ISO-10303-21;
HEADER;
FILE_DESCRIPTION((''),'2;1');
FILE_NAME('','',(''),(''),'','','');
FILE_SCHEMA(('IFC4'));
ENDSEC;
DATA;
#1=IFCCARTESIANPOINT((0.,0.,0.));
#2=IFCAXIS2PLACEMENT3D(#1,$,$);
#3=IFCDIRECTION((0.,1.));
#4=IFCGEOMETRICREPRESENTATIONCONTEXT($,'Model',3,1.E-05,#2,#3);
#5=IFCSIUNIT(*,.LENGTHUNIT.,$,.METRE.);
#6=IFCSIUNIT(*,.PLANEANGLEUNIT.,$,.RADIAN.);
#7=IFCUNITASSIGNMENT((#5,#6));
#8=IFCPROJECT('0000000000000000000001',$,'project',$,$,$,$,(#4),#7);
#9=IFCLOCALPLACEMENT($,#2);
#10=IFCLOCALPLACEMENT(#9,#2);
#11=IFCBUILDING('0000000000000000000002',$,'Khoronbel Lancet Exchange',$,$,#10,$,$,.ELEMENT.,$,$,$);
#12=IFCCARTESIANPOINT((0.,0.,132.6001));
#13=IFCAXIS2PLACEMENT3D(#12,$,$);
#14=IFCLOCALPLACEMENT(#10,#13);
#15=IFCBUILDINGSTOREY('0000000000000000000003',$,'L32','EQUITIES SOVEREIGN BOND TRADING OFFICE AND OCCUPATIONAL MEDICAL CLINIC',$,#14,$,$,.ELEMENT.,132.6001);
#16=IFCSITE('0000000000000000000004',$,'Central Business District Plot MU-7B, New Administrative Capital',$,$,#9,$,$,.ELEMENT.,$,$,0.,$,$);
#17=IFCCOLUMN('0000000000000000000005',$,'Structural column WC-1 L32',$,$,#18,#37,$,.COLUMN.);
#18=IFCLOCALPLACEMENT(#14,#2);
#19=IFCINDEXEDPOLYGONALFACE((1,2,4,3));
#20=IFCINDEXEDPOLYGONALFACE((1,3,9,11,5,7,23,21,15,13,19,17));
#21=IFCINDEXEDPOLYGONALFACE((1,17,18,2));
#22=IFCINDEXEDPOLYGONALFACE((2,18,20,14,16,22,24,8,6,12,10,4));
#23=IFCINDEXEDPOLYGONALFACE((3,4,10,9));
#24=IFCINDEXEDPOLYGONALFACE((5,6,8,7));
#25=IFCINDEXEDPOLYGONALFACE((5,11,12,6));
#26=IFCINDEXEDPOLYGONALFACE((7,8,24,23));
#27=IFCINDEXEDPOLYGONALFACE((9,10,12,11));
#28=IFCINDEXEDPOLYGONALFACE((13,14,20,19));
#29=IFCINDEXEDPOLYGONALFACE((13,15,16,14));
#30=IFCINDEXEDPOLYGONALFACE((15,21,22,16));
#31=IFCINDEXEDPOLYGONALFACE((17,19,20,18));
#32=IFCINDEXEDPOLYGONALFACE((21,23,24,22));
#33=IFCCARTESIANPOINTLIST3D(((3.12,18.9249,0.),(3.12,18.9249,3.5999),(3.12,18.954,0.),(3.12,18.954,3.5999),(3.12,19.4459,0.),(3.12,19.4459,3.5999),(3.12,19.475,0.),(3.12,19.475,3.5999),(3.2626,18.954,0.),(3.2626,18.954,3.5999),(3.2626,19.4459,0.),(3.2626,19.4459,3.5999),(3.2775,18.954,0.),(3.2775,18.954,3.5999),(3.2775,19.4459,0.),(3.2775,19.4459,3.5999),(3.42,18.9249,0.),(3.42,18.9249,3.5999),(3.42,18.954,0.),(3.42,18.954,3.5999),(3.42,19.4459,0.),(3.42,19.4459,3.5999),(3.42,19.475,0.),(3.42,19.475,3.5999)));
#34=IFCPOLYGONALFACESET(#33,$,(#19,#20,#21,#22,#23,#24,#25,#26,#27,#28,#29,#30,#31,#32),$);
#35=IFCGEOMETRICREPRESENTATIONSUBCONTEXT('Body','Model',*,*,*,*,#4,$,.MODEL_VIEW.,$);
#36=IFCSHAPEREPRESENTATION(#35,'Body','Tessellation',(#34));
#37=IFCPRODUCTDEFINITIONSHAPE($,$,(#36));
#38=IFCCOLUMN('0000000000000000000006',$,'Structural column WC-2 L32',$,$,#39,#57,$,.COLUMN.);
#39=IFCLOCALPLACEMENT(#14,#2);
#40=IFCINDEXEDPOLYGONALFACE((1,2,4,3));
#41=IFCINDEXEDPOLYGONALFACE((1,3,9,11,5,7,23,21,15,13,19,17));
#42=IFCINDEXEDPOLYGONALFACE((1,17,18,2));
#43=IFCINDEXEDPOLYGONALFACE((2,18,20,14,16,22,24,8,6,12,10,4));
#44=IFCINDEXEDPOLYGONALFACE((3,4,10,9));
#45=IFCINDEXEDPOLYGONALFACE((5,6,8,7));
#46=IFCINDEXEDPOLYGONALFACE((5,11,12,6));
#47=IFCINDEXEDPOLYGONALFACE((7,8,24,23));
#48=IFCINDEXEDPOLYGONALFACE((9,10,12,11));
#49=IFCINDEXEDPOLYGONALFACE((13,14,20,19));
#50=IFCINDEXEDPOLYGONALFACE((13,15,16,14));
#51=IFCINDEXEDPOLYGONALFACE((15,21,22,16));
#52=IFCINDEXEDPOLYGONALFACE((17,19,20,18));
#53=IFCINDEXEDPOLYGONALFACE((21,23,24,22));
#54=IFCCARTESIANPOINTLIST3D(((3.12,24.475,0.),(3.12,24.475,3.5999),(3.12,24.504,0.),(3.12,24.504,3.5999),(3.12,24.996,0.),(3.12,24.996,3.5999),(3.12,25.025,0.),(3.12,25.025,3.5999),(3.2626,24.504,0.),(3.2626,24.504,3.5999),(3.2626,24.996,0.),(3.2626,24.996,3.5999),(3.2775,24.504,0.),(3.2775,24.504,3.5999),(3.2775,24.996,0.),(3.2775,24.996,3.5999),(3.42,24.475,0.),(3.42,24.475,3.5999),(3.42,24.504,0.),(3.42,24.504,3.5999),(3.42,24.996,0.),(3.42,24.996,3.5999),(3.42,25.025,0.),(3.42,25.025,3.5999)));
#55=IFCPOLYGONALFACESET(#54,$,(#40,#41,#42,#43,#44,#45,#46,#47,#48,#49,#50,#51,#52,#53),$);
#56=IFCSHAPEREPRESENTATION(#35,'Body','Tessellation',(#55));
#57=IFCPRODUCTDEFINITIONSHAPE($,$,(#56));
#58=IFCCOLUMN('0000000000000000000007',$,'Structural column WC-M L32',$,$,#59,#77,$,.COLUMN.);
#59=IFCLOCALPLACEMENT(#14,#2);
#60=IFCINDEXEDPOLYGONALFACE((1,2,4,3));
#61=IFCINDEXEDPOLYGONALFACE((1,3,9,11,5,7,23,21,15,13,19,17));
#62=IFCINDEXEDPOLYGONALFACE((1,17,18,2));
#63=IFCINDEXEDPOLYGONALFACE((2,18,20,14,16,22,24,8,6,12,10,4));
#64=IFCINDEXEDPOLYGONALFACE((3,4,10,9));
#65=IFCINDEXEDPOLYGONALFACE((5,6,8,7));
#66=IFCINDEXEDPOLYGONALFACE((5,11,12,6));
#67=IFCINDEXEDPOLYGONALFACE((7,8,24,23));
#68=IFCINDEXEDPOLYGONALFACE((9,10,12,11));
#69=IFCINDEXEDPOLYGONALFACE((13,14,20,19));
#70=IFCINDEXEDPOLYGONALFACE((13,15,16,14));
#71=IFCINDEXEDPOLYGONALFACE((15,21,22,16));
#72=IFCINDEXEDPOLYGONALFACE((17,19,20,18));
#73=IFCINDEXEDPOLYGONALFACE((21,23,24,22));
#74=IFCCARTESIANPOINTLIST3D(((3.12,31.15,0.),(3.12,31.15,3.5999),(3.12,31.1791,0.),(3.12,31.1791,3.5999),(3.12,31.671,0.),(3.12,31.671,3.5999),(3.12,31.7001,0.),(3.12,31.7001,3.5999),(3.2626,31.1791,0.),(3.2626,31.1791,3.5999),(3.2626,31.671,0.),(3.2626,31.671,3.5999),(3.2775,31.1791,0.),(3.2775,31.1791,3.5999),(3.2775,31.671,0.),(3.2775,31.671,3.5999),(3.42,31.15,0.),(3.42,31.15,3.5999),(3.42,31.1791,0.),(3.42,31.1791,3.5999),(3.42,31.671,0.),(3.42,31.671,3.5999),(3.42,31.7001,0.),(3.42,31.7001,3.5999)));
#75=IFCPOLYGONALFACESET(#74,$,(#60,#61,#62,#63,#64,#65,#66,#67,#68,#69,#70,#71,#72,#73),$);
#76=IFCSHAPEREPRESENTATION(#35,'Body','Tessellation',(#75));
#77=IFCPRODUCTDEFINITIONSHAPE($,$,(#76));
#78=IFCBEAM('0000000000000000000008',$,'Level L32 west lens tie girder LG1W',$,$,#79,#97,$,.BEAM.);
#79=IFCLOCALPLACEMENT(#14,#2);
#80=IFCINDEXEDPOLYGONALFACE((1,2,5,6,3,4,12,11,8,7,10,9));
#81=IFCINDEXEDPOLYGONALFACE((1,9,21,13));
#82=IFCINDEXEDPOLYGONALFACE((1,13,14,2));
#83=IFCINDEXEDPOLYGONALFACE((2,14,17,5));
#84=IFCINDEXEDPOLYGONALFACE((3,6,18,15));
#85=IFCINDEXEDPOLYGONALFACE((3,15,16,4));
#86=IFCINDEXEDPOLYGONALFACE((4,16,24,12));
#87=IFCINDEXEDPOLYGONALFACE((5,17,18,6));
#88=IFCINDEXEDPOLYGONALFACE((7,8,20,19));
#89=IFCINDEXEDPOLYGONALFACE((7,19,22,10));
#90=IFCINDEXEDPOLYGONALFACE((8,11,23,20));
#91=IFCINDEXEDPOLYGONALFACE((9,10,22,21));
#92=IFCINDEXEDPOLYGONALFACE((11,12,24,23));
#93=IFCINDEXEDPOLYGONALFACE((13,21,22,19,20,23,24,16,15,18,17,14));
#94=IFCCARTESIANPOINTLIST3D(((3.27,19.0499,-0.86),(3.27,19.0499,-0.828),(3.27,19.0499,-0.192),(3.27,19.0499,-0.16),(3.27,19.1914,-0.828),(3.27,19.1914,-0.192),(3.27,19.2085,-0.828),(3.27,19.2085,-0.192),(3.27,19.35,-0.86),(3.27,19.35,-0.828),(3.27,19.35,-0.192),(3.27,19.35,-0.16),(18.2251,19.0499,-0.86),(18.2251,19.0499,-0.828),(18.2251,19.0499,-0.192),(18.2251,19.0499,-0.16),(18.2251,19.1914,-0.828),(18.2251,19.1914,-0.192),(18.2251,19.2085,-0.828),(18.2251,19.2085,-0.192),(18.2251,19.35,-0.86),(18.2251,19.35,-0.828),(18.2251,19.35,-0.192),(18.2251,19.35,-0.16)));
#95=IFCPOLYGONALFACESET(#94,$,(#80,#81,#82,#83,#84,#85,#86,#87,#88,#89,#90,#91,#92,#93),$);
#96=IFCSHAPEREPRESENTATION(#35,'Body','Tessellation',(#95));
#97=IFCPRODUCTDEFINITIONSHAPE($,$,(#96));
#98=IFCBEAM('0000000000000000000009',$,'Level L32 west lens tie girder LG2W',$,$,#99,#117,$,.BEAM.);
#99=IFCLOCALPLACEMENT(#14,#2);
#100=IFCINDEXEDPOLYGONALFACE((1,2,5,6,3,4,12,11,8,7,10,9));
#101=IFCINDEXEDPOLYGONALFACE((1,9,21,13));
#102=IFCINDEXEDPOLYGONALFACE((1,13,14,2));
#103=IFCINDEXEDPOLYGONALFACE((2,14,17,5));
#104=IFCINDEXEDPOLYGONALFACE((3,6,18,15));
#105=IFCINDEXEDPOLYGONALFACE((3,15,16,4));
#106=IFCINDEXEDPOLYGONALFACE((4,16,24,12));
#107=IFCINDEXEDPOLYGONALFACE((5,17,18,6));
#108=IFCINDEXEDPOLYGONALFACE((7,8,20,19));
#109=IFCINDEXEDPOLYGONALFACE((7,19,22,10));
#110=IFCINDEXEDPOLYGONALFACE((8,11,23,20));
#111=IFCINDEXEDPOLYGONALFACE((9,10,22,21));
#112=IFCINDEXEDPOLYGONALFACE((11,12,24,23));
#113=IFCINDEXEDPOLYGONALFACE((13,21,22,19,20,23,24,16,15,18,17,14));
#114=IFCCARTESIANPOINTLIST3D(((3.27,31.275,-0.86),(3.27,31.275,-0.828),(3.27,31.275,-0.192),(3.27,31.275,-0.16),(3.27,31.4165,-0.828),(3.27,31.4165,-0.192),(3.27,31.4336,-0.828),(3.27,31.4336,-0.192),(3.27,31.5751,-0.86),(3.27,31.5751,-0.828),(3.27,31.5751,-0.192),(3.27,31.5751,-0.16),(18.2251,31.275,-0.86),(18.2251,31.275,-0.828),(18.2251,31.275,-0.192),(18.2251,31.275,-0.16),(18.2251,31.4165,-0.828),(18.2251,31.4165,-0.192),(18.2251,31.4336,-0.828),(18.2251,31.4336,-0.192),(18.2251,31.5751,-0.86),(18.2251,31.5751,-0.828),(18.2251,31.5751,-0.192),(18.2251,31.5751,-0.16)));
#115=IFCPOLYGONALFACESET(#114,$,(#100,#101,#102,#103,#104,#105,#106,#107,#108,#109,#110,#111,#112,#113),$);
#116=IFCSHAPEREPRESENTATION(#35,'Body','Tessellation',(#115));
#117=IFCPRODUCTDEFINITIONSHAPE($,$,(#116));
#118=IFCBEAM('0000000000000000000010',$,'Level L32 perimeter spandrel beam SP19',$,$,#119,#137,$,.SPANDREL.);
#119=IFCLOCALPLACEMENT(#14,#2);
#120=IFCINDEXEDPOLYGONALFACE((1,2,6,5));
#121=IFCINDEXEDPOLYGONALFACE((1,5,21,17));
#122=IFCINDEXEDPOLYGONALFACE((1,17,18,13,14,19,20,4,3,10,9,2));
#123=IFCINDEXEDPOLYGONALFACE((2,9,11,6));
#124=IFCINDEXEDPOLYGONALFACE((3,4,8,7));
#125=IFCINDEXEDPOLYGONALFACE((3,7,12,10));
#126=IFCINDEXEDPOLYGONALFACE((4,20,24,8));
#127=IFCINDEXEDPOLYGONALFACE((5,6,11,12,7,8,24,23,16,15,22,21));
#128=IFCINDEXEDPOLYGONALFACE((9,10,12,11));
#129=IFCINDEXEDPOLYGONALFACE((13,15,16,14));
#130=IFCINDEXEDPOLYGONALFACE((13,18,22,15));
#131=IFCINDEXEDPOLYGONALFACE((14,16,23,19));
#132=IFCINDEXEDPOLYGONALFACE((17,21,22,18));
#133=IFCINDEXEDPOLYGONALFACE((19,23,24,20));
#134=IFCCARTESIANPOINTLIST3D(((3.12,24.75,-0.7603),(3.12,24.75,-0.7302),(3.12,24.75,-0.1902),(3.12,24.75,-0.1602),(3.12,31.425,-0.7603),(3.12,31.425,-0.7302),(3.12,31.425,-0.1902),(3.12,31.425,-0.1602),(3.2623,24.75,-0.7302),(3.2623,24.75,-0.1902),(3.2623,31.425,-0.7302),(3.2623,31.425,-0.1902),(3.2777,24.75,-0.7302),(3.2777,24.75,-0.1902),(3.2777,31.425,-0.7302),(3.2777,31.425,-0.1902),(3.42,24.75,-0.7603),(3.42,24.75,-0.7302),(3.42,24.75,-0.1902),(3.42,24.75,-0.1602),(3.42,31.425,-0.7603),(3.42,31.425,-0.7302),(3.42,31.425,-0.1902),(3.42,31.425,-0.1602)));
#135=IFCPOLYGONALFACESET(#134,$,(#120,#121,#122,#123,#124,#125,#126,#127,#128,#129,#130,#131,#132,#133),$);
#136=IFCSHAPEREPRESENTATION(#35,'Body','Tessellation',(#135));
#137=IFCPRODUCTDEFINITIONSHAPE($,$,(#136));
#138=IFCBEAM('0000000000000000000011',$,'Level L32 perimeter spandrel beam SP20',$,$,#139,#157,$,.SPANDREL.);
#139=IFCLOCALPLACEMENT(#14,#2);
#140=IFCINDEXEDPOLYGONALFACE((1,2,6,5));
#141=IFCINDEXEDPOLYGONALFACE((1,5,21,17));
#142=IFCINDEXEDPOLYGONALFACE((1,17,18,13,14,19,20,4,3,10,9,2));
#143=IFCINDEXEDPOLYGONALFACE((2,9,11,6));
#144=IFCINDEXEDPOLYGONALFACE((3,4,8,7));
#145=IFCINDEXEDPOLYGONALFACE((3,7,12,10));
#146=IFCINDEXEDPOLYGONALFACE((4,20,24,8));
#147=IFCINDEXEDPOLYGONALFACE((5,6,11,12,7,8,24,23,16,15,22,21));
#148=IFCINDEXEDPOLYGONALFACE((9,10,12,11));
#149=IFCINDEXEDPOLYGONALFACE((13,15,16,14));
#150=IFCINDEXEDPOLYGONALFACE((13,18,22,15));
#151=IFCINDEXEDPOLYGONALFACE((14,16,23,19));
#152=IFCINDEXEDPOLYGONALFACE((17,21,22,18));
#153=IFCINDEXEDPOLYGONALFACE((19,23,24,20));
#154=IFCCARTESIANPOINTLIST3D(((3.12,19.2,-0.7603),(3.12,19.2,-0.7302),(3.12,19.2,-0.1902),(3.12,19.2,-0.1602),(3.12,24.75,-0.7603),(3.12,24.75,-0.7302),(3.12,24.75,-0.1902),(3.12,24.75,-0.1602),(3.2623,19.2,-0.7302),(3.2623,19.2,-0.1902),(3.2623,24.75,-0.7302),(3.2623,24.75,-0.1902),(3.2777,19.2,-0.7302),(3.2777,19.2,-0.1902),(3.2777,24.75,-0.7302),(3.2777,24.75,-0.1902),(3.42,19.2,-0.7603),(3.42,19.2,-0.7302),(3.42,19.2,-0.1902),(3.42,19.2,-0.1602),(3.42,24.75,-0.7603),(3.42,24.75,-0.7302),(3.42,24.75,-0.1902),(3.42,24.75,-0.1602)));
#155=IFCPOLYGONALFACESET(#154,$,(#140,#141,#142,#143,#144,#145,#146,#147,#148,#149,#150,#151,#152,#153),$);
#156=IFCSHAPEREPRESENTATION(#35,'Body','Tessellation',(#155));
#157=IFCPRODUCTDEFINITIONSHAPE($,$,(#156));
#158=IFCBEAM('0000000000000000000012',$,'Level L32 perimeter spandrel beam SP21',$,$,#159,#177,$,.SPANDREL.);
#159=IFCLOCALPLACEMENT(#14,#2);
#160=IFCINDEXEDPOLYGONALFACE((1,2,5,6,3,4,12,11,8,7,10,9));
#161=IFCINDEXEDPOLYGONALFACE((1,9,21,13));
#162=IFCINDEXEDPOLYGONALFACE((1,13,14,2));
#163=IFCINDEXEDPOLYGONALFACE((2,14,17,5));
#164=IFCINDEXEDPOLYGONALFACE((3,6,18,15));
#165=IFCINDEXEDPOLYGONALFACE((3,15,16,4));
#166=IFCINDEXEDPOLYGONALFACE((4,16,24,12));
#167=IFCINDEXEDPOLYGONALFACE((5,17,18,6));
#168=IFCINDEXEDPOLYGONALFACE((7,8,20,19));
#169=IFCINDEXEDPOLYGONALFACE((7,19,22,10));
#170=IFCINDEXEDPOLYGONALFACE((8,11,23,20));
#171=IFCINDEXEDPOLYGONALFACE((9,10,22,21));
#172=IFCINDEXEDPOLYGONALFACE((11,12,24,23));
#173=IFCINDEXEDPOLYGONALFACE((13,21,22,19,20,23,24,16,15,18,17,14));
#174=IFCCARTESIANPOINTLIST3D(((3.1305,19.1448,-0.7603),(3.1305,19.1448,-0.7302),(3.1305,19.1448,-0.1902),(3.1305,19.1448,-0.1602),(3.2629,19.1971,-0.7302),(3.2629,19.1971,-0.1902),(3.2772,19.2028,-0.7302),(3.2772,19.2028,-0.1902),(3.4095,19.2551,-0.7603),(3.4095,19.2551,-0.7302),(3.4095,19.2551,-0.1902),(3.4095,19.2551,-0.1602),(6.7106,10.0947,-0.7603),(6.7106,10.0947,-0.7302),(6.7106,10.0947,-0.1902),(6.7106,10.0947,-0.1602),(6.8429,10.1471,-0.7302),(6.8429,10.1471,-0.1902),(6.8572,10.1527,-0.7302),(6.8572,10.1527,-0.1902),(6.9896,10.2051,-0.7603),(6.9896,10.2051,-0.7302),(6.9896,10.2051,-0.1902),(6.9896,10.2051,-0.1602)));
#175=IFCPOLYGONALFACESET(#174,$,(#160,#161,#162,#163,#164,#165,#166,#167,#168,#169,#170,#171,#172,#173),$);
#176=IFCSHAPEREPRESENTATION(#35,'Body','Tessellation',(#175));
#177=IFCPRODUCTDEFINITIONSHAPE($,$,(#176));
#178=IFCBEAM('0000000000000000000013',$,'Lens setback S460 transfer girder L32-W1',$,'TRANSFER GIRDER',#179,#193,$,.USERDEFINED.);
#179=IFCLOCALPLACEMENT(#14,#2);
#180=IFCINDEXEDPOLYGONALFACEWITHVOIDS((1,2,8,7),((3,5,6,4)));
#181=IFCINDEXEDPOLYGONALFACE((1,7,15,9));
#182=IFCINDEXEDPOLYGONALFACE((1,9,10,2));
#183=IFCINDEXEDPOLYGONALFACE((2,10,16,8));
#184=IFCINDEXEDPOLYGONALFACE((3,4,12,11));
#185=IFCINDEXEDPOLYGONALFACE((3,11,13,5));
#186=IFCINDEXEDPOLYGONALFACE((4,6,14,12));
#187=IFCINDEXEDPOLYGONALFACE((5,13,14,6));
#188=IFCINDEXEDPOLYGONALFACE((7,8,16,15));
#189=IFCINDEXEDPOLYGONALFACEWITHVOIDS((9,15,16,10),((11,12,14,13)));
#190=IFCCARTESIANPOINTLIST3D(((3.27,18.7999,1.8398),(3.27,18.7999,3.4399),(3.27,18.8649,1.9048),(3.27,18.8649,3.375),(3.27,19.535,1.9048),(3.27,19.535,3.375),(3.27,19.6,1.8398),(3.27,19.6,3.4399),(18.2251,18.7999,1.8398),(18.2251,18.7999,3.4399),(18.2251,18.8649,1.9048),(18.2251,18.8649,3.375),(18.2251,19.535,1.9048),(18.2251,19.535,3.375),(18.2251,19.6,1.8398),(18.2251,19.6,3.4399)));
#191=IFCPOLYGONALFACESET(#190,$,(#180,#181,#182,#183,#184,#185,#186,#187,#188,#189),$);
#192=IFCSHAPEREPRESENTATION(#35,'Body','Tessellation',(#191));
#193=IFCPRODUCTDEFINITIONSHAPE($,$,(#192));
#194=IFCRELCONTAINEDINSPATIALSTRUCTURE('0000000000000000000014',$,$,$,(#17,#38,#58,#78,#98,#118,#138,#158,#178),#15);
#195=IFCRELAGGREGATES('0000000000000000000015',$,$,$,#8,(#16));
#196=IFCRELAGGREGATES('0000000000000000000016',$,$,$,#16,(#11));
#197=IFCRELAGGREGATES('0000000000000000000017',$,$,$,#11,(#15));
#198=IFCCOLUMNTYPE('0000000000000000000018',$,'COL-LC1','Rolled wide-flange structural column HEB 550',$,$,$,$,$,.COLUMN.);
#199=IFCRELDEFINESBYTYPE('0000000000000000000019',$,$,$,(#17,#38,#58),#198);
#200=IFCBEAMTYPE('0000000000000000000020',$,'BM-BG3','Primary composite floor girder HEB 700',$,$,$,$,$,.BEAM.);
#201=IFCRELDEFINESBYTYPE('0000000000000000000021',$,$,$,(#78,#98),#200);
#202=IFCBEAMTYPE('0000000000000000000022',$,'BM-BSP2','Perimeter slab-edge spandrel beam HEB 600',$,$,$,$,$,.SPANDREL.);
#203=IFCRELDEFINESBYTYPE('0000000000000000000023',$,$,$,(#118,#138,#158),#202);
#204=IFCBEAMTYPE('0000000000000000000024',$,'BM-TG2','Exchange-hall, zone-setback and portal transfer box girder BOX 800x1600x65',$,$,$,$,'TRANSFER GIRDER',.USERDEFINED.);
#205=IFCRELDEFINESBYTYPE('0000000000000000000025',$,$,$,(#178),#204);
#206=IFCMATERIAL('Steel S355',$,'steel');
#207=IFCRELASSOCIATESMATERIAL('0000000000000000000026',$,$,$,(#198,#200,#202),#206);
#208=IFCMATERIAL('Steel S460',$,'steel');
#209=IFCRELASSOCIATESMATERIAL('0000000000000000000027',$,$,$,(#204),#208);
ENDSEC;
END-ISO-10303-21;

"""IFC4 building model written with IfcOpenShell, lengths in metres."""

from ifc_helpers import new_model, si_unit, direction, frame, origin, origin_2d, place, context, subcontext, project, spatial, hollow_rectangle, i_section, extrude, material, material_profile, profile_set, type_object, element, save


model = new_model("IFC4")

# Units and contexts
model_context = context("Model", 3, precision=1e-05, world=origin(), true_north=direction((0.0, 1.0)))
body_context = subcontext(model_context, "Body", "Model", "MODEL_VIEW")
ifc_project = project(units=[si_unit("LENGTHUNIT", "METRE"), si_unit("PLANEANGLEUNIT", "RADIAN")], contexts=[model_context])

# Site, building, storey
site_placement = place(None, origin())
site = spatial("IfcSite", under=ifc_project, at=site_placement, Name="Central Business District Plot MU-7B, New Administrative Capital", CompositionType="ELEMENT", RefElevation=0.0)
building_placement = place(site_placement, origin())
building = spatial("IfcBuilding", under=site, at=building_placement, Name="Khoronbel Lancet Exchange", CompositionType="ELEMENT")
storey_placement = place(building_placement, frame((0.0, 0.0, 132.6001)))
storey = spatial("IfcBuildingStorey", under=building, at=storey_placement, Name="L32", Description="EQUITIES SOVEREIGN BOND TRADING OFFICE AND OCCUPATIONAL MEDICAL CLINIC", CompositionType="ELEMENT", Elevation=132.6001)

# Columns
ifc_material_1 = material(Name="Steel S355", Category="steel")
ifc_material_profile_1 = material_profile(ifc_material_1, i_section(OverallWidth=0.3, OverallDepth=0.55, WebThickness=0.0149, FlangeThickness=0.0291, at=origin_2d()), Name="HEB 550")
ifc_profile_set_1 = profile_set([ifc_material_profile_1], Name="Steel S355")
column_type = type_object("IfcColumnType", Name="COL-LC1", Description="Rolled wide-flange structural column HEB 550", PredefinedType="COLUMN", material=ifc_profile_set_1)
for number, where, z_axis, x_axis, name in (
    (1, (3.27, 19.2, 0.0), (0.0, 0.0, 1.0), (1.0, 0.0, 0.0), "Structural column WC-1 L32"),
    (2, (3.27, 24.75, 0.0), (0.0, 0.0, 1.0), (1.0, 0.0, 0.0), "Structural column WC-2 L32"),
    (3, (3.27, 31.425, 0.0), (0.0, 0.0, 1.0), (1.0, 0.0, 0.0), "Structural column WC-M L32"),
):
    element("IfcColumn", number, at=place(storey_placement, frame(where, z_axis=z_axis, x_axis=x_axis)), inside=storey, type_object=column_type, Name=name, PredefinedType="COLUMN", context=body_context, shape_type="SweptSolid", body=[
        extrude(i_section(OverallWidth=0.3, OverallDepth=0.55, WebThickness=0.0149, FlangeThickness=0.0291, at=origin_2d()), origin(), (0.0, 0.0, 1.0), 3.5999),
    ])

# Beams
ifc_material_profile_2 = material_profile(ifc_material_1, i_section(OverallWidth=0.3, OverallDepth=0.7, WebThickness=0.0171, FlangeThickness=0.032, at=origin_2d()), Name="HEB 700")
ifc_profile_set_2 = profile_set([ifc_material_profile_2], Name="Steel S355")
beam_type_1 = type_object("IfcBeamType", Name="BM-BG3", Description="Primary composite floor girder HEB 700", PredefinedType="BEAM", material=ifc_profile_set_2)
for number, where, z_axis, x_axis, name in (
    (4, (3.27, 19.2, -0.51), (1.0, 0.0, 0.0), (0.0, 1.0, 0.0), "Level L32 west lens tie girder LG1W"),
    (5, (3.27, 31.425, -0.51), (1.0, 0.0, 0.0), (0.0, 1.0, 0.0), "Level L32 west lens tie girder LG2W"),
):
    element("IfcBeam", number, at=place(storey_placement, frame(where, z_axis=z_axis, x_axis=x_axis)), inside=storey, type_object=beam_type_1, Name=name, PredefinedType="BEAM", context=body_context, shape_type="SweptSolid", body=[
        extrude(i_section(OverallWidth=0.3, OverallDepth=0.7, WebThickness=0.0171, FlangeThickness=0.032, at=origin_2d()), origin(), (0.0, 0.0, 1.0), 14.9551),
    ])
ifc_material_profile_3 = material_profile(ifc_material_1, i_section(OverallWidth=0.3, OverallDepth=0.6001, WebThickness=0.0154, FlangeThickness=0.03, at=origin_2d()), Name="HEB 600")
ifc_profile_set_3 = profile_set([ifc_material_profile_3], Name="Steel S355")
beam_type_2 = type_object("IfcBeamType", Name="BM-BSP2", Description="Perimeter slab-edge spandrel beam HEB 600", PredefinedType="SPANDREL", material=ifc_profile_set_3)
beam_1_placement = place(storey_placement, frame((3.27, 31.425, -0.4602), z_axis=(0.0, -1.0, 0.0), x_axis=(1.0, 0.0, 0.0)))
element("IfcBeam", 6, at=beam_1_placement, inside=storey, type_object=beam_type_2, Name="Level L32 perimeter spandrel beam SP19", PredefinedType="SPANDREL", context=body_context, shape_type="SweptSolid", body=[
    extrude(i_section(OverallWidth=0.3, OverallDepth=0.6001, WebThickness=0.0154, FlangeThickness=0.03, at=origin_2d()), origin(), (0.0, 0.0, 1.0), 6.675),
])
beam_2_placement = place(storey_placement, frame((3.27, 24.75, -0.4602), z_axis=(0.0, -1.0, 0.0), x_axis=(1.0, 0.0, 0.0)))
element("IfcBeam", 7, at=beam_2_placement, inside=storey, type_object=beam_type_2, Name="Level L32 perimeter spandrel beam SP20", PredefinedType="SPANDREL", context=body_context, shape_type="SweptSolid", body=[
    extrude(i_section(OverallWidth=0.3, OverallDepth=0.6001, WebThickness=0.0154, FlangeThickness=0.03, at=origin_2d()), origin(), (0.0, 0.0, 1.0), 5.55),
])
beam_3_placement = place(storey_placement, frame((3.27, 19.2, -0.4602), z_axis=(0.36785, -0.929885, 0.0), x_axis=(0.929885, 0.36785, 0.0)))
element("IfcBeam", 8, at=beam_3_placement, inside=storey, type_object=beam_type_2, Name="Level L32 perimeter spandrel beam SP21", PredefinedType="SPANDREL", context=body_context, shape_type="SweptSolid", body=[
    extrude(i_section(OverallWidth=0.3, OverallDepth=0.6001, WebThickness=0.0154, FlangeThickness=0.03, at=origin_2d()), origin(), (0.0, 0.0, 1.0), 9.7324),
])
ifc_material_2 = material(Name="Steel S460", Category="steel")
ifc_material_profile_4 = material_profile(ifc_material_2, hollow_rectangle(XDim=0.8, YDim=1.6001, WallThickness=0.0649, at=origin_2d()), Name="BOX 800x1600x65")
ifc_profile_set_4 = profile_set([ifc_material_profile_4], Name="Steel S460")
beam_type_3 = type_object("IfcBeamType", Name="BM-TG2", Description="Exchange-hall, zone-setback and portal transfer box girder BOX 800x1600x65", ElementType="TRANSFER GIRDER", PredefinedType="USERDEFINED", material=ifc_profile_set_4)
beam_4_placement = place(storey_placement, frame((3.27, 19.2, 2.6399), z_axis=(1.0, 0.0, 0.0), x_axis=(0.0, 1.0, 0.0)))
element("IfcBeam", 9, at=beam_4_placement, inside=storey, type_object=beam_type_3, Name="Lens setback S460 transfer girder L32-W1", ObjectType="TRANSFER GIRDER", PredefinedType="USERDEFINED", context=body_context, shape_type="SweptSolid", body=[
    extrude(hollow_rectangle(XDim=0.8, YDim=1.6001, WallThickness=0.0649, at=origin_2d()), origin(), (0.0, 0.0, 1.0), 14.9551),
])

save(model, "model.ifc")
